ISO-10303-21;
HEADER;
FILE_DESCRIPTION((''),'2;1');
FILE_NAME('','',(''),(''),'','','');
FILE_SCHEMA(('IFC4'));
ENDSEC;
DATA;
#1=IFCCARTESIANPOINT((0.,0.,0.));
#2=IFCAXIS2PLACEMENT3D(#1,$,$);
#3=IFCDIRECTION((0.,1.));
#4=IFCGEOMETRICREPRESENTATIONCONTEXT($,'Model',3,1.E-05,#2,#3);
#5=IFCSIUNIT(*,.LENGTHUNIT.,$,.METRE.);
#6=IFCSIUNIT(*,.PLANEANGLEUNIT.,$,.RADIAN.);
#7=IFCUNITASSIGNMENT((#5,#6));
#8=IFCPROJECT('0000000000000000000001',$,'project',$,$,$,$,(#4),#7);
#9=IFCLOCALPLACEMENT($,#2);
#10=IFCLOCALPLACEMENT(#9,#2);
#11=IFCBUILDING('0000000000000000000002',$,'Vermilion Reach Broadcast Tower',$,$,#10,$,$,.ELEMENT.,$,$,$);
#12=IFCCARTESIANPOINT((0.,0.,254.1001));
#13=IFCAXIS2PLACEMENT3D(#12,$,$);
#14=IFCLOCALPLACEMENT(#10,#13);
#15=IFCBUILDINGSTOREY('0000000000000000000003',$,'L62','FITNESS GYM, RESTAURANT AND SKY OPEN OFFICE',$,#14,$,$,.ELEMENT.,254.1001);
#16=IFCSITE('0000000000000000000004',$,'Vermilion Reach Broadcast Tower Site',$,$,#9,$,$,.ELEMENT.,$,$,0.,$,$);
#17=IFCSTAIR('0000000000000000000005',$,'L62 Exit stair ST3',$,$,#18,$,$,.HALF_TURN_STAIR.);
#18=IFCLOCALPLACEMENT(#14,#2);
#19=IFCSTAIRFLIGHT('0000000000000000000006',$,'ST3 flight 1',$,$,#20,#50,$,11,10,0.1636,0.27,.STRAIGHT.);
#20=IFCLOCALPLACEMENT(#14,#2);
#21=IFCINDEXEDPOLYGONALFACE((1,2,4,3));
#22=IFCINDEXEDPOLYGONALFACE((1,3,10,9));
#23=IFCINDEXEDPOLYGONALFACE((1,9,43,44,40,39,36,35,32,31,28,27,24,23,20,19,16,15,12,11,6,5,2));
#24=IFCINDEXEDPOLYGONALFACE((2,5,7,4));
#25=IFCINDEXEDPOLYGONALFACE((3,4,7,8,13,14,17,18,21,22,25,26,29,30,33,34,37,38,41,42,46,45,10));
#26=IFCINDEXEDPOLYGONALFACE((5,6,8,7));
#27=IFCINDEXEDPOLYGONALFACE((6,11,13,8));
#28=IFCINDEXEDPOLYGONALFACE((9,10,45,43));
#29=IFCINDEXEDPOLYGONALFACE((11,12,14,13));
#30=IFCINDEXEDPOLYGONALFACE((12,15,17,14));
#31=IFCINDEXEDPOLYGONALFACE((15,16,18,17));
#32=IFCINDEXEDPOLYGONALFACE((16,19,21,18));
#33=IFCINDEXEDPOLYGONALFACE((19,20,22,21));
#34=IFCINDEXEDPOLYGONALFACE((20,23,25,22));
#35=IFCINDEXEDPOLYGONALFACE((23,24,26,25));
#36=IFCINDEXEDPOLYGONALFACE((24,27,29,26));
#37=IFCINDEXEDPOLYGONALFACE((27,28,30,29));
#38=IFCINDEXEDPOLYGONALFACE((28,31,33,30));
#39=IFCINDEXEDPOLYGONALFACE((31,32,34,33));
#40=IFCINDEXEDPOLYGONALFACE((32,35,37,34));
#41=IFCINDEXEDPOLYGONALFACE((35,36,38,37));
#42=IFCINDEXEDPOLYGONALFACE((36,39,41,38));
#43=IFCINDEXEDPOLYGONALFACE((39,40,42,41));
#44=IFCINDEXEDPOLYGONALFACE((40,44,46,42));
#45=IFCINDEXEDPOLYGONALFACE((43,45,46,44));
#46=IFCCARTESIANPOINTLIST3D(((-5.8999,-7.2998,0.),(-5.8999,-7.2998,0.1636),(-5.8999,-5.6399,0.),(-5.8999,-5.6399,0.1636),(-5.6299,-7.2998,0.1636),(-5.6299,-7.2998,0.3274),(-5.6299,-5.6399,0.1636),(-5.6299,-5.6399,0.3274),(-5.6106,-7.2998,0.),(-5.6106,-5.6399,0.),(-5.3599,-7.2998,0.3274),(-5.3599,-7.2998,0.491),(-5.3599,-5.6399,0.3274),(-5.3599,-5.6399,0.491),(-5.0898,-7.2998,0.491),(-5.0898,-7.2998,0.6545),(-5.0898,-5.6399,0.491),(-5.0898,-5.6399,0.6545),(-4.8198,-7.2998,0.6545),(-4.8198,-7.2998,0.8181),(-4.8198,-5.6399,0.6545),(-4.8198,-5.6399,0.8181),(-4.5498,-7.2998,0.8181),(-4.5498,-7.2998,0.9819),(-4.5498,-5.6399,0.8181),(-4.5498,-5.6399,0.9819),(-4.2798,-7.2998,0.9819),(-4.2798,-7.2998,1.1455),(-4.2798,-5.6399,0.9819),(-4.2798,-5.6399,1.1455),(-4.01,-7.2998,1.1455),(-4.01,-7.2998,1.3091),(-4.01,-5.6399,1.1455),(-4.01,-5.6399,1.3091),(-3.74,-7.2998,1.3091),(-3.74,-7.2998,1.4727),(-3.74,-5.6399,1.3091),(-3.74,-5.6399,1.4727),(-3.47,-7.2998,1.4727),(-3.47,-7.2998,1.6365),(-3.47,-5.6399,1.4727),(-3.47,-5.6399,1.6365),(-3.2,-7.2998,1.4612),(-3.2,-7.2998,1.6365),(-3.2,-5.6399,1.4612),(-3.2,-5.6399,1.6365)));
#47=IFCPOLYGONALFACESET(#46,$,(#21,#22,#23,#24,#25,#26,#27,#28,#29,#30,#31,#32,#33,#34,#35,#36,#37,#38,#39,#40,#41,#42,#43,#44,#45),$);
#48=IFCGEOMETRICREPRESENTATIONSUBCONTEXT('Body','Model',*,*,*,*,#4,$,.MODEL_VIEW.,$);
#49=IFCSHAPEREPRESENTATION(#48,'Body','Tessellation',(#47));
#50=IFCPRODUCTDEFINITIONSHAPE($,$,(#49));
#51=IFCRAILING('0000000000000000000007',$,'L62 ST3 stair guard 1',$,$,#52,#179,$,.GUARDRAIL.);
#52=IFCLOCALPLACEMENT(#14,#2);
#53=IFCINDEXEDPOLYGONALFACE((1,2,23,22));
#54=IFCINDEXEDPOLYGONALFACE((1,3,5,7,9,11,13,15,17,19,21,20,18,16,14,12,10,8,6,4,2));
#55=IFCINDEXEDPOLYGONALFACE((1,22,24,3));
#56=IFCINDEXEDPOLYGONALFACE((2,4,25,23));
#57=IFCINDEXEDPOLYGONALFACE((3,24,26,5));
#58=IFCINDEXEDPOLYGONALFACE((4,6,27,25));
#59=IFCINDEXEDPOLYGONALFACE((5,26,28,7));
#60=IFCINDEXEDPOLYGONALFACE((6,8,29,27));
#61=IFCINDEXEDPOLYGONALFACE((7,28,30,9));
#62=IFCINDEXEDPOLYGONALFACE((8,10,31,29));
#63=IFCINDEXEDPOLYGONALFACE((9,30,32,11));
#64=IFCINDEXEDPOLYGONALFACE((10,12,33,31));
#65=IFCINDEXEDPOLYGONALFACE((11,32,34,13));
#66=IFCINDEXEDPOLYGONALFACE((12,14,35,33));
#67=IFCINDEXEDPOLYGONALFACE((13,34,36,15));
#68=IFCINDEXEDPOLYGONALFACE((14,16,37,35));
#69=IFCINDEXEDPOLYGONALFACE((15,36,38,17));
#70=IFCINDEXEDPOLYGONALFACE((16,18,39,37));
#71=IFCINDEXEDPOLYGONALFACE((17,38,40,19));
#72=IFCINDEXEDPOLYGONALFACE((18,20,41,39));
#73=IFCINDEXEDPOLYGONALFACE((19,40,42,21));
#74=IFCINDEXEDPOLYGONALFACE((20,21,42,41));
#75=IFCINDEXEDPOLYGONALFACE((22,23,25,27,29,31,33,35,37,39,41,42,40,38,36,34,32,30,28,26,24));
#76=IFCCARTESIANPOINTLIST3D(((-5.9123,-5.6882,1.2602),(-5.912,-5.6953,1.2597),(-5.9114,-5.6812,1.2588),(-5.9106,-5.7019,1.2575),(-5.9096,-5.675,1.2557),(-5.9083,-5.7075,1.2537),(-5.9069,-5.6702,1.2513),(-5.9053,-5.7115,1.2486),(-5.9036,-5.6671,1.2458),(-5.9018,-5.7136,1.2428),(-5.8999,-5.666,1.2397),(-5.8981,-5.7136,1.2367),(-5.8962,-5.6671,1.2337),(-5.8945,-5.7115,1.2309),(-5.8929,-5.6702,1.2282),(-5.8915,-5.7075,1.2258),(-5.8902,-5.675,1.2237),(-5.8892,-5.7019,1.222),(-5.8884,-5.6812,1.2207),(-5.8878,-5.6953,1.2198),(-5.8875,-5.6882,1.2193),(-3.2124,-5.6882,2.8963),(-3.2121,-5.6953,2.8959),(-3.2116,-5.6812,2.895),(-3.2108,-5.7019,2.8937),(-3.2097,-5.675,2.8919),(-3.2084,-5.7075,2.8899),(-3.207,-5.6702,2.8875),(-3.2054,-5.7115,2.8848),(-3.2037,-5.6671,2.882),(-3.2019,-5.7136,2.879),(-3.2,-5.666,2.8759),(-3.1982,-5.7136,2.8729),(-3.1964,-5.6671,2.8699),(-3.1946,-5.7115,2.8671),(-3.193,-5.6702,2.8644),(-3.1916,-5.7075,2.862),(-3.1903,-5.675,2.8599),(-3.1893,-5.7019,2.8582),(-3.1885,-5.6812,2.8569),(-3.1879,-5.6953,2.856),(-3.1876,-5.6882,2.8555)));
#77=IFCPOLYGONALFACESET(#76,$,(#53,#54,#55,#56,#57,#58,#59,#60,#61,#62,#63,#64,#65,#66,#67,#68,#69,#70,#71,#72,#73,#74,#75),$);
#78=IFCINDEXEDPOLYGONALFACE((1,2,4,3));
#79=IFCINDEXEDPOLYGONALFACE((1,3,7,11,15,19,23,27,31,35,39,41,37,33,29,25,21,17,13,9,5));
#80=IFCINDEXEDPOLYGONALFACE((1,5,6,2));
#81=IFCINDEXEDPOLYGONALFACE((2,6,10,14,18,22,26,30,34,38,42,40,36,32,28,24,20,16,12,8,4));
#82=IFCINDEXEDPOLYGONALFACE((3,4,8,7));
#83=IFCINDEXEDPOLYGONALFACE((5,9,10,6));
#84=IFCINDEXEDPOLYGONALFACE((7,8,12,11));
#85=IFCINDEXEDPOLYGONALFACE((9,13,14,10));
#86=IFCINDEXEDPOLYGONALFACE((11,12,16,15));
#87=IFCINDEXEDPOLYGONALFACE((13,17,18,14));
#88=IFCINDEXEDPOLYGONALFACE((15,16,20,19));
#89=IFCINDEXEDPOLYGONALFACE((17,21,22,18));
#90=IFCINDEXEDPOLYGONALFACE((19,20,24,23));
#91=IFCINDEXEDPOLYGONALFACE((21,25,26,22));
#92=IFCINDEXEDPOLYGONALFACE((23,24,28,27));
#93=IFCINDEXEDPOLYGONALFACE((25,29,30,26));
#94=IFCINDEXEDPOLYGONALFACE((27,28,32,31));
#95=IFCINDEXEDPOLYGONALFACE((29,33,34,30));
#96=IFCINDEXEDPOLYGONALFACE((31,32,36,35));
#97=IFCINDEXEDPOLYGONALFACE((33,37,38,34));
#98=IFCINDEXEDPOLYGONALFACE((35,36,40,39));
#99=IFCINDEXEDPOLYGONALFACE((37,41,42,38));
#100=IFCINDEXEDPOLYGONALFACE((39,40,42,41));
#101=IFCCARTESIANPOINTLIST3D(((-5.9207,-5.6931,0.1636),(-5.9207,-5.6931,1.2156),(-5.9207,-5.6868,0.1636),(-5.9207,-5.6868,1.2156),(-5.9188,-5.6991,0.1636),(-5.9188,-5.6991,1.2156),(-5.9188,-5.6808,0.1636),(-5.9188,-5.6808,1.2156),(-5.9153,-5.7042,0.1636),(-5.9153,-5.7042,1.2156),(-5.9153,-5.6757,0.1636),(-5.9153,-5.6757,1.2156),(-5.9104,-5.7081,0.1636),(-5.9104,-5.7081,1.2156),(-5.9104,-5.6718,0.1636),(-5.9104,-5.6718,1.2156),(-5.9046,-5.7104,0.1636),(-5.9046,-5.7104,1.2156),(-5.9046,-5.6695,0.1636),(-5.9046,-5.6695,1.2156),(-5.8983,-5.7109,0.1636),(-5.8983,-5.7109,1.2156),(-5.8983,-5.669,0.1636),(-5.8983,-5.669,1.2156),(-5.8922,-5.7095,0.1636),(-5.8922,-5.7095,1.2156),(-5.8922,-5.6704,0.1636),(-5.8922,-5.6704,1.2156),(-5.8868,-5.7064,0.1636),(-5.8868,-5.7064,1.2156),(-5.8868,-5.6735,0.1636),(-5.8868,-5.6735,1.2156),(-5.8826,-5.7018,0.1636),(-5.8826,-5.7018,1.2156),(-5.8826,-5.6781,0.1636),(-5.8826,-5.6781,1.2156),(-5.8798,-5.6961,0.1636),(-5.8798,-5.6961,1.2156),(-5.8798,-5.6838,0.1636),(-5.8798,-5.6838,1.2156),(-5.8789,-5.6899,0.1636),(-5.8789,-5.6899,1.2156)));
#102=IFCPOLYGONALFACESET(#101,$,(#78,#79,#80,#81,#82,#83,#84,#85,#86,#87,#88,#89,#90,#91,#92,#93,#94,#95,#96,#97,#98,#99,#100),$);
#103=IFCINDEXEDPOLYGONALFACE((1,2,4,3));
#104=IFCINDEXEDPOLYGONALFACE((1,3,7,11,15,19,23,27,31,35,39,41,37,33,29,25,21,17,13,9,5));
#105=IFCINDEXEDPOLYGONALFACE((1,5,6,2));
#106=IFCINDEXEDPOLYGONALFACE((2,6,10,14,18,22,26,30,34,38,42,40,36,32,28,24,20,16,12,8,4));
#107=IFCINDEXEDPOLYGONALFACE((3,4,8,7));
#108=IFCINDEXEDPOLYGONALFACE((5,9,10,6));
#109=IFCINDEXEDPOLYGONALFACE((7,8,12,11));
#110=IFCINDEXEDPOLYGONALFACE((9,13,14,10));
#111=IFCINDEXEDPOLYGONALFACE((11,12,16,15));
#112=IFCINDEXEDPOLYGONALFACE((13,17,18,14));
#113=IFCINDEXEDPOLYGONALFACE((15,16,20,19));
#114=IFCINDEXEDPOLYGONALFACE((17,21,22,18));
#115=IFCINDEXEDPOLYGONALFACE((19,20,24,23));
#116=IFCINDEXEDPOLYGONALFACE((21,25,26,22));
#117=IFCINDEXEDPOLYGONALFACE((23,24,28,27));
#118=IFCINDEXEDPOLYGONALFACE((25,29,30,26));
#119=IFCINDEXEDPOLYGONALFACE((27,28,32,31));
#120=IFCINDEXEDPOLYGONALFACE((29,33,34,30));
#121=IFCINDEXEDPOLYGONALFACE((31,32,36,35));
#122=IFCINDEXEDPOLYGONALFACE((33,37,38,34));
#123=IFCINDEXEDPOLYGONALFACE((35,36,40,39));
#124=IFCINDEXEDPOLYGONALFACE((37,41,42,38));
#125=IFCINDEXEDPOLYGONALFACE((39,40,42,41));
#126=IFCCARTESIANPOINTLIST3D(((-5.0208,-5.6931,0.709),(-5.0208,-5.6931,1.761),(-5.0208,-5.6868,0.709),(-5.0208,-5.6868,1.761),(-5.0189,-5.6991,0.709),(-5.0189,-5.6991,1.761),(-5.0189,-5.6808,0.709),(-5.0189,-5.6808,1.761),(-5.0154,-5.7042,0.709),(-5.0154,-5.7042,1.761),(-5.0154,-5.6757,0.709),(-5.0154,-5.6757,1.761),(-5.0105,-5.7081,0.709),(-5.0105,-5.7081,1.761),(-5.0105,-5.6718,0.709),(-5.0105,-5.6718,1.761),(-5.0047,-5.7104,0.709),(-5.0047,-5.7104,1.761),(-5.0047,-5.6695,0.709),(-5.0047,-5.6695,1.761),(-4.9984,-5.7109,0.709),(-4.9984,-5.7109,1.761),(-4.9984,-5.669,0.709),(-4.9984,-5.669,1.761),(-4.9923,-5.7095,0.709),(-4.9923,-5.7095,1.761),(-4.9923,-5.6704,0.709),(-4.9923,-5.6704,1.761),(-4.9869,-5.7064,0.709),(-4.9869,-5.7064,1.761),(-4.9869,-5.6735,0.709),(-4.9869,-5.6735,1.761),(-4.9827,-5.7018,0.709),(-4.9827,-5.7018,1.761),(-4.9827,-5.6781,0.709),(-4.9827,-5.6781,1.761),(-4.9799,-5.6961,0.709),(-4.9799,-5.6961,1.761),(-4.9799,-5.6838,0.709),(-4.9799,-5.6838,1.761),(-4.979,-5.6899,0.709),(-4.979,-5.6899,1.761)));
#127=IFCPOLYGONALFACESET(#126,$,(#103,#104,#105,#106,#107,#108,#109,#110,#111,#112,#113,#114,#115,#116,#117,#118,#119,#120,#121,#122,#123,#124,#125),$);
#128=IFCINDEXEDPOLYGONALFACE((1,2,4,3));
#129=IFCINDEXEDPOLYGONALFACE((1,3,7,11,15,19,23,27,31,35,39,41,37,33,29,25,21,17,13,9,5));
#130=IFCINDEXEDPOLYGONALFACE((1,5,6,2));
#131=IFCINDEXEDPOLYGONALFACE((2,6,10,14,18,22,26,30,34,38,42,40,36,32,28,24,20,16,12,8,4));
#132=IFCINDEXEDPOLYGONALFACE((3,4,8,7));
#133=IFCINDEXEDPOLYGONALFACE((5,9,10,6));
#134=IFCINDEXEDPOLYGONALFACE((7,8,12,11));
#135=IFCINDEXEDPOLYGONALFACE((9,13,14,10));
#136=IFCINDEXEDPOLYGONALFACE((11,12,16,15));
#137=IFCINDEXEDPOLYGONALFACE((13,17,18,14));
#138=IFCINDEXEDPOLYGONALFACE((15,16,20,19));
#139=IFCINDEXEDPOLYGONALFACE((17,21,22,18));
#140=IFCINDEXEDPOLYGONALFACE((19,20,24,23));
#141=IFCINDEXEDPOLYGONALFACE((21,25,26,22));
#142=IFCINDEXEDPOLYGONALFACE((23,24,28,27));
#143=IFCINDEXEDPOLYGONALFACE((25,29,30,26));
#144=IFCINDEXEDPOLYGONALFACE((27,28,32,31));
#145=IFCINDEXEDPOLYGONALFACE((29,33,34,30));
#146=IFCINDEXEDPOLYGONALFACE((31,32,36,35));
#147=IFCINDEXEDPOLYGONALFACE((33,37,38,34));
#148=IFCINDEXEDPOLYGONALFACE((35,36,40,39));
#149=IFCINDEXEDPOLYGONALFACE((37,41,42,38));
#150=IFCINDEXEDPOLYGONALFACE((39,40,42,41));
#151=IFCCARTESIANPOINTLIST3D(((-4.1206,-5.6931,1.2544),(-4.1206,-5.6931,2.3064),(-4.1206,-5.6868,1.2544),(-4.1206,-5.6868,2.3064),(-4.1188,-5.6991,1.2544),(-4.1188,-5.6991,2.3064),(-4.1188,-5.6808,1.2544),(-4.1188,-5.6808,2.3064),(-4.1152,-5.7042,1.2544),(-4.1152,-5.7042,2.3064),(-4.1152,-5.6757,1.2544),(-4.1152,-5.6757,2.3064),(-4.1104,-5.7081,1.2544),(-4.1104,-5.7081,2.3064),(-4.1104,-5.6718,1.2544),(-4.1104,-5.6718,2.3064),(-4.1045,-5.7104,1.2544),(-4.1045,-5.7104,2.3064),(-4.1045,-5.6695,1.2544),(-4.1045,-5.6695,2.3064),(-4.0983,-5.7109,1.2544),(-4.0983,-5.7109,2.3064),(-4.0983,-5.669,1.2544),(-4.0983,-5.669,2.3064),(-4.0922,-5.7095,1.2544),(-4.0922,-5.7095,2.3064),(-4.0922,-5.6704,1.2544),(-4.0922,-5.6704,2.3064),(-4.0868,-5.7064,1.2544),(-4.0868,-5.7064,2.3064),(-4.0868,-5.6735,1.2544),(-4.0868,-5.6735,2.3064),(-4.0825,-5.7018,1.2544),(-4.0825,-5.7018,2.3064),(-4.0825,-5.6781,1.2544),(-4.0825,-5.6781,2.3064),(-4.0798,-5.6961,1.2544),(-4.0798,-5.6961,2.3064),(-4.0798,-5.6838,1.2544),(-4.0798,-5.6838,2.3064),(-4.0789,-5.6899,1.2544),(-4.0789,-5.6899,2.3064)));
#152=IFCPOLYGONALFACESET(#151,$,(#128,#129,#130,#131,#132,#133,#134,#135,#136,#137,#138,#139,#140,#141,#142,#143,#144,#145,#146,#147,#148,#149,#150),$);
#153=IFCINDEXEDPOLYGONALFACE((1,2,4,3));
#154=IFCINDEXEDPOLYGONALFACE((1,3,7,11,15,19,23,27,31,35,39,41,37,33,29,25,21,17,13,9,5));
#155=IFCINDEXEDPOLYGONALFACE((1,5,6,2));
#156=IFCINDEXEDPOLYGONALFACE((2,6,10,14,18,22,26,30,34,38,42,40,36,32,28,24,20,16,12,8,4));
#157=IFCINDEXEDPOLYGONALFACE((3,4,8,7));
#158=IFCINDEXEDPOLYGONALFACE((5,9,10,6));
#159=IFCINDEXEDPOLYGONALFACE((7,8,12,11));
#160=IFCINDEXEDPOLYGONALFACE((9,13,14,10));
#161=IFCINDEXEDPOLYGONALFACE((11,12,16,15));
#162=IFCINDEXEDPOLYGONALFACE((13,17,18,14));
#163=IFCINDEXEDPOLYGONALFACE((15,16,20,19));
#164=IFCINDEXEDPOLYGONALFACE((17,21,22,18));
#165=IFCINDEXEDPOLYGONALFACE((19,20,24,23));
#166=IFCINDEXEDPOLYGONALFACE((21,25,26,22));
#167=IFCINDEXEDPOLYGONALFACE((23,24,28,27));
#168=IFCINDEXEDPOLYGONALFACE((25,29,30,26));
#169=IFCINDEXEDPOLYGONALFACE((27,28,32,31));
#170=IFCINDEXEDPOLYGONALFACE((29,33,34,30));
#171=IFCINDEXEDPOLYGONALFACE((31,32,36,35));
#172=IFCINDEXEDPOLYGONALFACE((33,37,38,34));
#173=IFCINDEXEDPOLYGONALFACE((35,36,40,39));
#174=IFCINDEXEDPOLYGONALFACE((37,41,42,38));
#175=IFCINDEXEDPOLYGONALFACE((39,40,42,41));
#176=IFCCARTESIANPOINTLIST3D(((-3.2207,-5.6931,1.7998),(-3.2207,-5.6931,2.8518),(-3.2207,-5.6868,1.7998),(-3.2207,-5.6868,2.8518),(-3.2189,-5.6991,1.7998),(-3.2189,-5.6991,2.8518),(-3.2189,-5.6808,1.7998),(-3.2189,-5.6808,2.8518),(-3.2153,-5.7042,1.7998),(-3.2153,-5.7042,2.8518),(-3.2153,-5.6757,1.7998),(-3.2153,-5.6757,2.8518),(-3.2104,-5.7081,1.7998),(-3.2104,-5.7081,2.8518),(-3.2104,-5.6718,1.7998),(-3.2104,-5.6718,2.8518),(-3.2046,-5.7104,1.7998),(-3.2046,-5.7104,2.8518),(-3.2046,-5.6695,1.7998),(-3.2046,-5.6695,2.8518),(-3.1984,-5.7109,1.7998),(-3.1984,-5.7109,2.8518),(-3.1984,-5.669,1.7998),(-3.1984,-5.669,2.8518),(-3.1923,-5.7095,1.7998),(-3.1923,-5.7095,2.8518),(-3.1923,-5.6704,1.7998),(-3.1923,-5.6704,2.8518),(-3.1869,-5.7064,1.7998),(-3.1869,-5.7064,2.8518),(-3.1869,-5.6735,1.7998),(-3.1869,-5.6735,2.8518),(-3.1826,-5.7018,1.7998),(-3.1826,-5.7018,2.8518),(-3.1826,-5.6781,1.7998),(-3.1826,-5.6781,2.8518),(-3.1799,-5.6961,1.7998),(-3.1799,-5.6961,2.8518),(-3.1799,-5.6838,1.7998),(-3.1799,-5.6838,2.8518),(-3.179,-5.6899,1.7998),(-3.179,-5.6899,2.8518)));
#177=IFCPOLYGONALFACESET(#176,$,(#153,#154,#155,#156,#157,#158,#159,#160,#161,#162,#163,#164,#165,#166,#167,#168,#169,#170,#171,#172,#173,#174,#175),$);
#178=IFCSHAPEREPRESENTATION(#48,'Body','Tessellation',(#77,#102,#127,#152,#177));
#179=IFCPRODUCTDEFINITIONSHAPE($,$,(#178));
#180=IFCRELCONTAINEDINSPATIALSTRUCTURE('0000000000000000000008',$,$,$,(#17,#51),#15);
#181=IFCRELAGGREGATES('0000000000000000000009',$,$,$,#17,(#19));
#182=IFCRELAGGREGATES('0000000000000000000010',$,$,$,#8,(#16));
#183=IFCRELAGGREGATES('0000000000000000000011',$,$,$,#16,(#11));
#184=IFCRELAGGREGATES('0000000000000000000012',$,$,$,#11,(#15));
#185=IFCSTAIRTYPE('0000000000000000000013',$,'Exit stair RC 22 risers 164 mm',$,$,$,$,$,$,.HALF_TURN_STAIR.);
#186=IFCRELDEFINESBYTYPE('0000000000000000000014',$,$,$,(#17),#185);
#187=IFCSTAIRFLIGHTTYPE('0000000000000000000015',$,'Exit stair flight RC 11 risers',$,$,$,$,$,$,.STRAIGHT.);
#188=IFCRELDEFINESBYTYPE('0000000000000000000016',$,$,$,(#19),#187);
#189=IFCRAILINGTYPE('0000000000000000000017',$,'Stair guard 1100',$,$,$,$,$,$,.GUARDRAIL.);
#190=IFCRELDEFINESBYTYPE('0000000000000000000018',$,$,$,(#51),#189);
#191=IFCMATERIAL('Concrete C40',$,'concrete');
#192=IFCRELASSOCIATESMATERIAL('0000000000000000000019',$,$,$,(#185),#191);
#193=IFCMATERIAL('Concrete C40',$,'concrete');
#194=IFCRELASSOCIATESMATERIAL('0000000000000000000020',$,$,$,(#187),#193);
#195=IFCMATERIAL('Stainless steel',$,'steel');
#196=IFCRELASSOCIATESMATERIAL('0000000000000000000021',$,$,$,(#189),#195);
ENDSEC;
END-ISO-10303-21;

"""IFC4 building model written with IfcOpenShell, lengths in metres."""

from ifc_helpers import new_model, si_unit, direction, frame, origin, origin_2d, place, context, subcontext, project, spatial, polyline, circle, outline, extrude, material, type_object, element, aggregate, save


model = new_model("IFC4")

# Units and contexts
model_context = context("Model", 3, precision=1e-05, world=origin(), true_north=direction((0.0, 1.0)))
body_context = subcontext(model_context, "Body", "Model", "MODEL_VIEW")
ifc_project = project(units=[si_unit("LENGTHUNIT", "METRE"), si_unit("PLANEANGLEUNIT", "RADIAN")], contexts=[model_context])

# Site, building, storey
site_placement = place(None, origin())
site = spatial("IfcSite", under=ifc_project, at=site_placement, Name="Vermilion Reach Broadcast Tower Site", CompositionType="ELEMENT", RefElevation=0.0)
building_placement = place(site_placement, origin())
building = spatial("IfcBuilding", under=site, at=building_placement, Name="Vermilion Reach Broadcast Tower", CompositionType="ELEMENT")
storey_placement = place(building_placement, frame((0.0, 0.0, 254.1001)))
storey = spatial("IfcBuildingStorey", under=building, at=storey_placement, Name="L62", Description="FITNESS GYM, RESTAURANT AND SKY OPEN OFFICE", CompositionType="ELEMENT", Elevation=254.1001)

# Stair, stair flight
ifc_material_1 = material(Name="Concrete C40", Category="concrete")
stair_type = type_object("IfcStairType", Name="Exit stair RC 22 risers 164 mm", PredefinedType="HALF_TURN_STAIR", material=ifc_material_1)
stair_placement = place(storey_placement, origin())
stair = element("IfcStair", 1, at=stair_placement, inside=storey, type_object=stair_type, Name="L62 Exit stair ST3", PredefinedType="HALF_TURN_STAIR")
ifc_material_2 = material(Name="Concrete C40", Category="concrete")
stair_flight_type = type_object("IfcStairFlightType", Name="Exit stair flight RC 11 risers", PredefinedType="STRAIGHT", material=ifc_material_2)
stair_flight_placement = place(storey_placement, frame((-5.8999, -6.47, 0.0), z_axis=(0.0, 0.0, 1.0), x_axis=(1.0, 0.0, 0.0)))
stair_flight = element("IfcStairFlight", 2, at=stair_flight_placement, type_object=stair_flight_type, Name="ST3 flight 1", NumberOfRisers=11, NumberOfTreads=10, PredefinedType="STRAIGHT", RiserHeight=0.1636, TreadLength=0.27, context=body_context, shape_type="SweptSolid", body=[
    extrude(outline(polyline([(0.0, 0.0), (0.0, 0.1636), (0.27, 0.1636), (0.27, 0.3274), (0.54, 0.3274), (0.54, 0.491), (0.8101, 0.491), (0.8101, 0.6545), (1.0801, 0.6545), (1.0801, 0.8181), (1.3501, 0.8181), (1.3501, 0.9819), (1.6201, 0.9819), (1.6201, 1.1455), (1.8899, 1.1455), (1.8899, 1.3091), (2.1599, 1.3091), (2.1599, 1.4727), (2.4299, 1.4727), (2.4299, 1.6365), (2.7, 1.6365), (2.7, 1.8), (2.7, 1.4612), (0.2893, 0.0), (0.0, 0.0)])), frame((0.0, 0.8301, 0.0), z_axis=(0.0, -1.0, 0.0), x_axis=(1.0, 0.0, 0.0)), (0.0, 0.0, 1.0), 1.6599),
])
aggregate(stair, [stair_flight])

# Railing
ifc_material_3 = material(Name="Stainless steel", Category="steel")
railing_type_1 = type_object("IfcRailingType", Name="Stair guard 1100", PredefinedType="GUARDRAIL", material=ifc_material_3)
railing_1_placement = place(storey_placement, frame((-5.8999, -5.6899, 0.1636)))
element("IfcRailing", 3, at=railing_1_placement, inside=storey, type_object=railing_type_1, Name="L62 ST3 stair guard 1", PredefinedType="GUARDRAIL", context=body_context, shape_type="SweptSolid", body=[
    extrude(circle(Radius=0.0239, at=origin_2d()), frame((0.0, 0.0, 1.0762), z_axis=(0.855212, 0.0, 0.518278), x_axis=(0.0, 1.0, 0.0)), (0.0, 0.0, 1.0), 3.157),
    extrude(circle(Radius=0.021, at=origin_2d()), origin(), (0.0, 0.0, 1.0), 1.052),
    extrude(circle(Radius=0.021, at=origin_2d()), frame((0.8999, 0.0, 0.5454)), (0.0, 0.0, 1.0), 1.052),
    extrude(circle(Radius=0.021, at=origin_2d()), frame((1.8, 0.0, 1.0908)), (0.0, 0.0, 1.0), 1.052),
    extrude(circle(Radius=0.021, at=origin_2d()), frame((2.7, 0.0, 1.6362)), (0.0, 0.0, 1.0), 1.052),
])

save(model, "model.ifc")
